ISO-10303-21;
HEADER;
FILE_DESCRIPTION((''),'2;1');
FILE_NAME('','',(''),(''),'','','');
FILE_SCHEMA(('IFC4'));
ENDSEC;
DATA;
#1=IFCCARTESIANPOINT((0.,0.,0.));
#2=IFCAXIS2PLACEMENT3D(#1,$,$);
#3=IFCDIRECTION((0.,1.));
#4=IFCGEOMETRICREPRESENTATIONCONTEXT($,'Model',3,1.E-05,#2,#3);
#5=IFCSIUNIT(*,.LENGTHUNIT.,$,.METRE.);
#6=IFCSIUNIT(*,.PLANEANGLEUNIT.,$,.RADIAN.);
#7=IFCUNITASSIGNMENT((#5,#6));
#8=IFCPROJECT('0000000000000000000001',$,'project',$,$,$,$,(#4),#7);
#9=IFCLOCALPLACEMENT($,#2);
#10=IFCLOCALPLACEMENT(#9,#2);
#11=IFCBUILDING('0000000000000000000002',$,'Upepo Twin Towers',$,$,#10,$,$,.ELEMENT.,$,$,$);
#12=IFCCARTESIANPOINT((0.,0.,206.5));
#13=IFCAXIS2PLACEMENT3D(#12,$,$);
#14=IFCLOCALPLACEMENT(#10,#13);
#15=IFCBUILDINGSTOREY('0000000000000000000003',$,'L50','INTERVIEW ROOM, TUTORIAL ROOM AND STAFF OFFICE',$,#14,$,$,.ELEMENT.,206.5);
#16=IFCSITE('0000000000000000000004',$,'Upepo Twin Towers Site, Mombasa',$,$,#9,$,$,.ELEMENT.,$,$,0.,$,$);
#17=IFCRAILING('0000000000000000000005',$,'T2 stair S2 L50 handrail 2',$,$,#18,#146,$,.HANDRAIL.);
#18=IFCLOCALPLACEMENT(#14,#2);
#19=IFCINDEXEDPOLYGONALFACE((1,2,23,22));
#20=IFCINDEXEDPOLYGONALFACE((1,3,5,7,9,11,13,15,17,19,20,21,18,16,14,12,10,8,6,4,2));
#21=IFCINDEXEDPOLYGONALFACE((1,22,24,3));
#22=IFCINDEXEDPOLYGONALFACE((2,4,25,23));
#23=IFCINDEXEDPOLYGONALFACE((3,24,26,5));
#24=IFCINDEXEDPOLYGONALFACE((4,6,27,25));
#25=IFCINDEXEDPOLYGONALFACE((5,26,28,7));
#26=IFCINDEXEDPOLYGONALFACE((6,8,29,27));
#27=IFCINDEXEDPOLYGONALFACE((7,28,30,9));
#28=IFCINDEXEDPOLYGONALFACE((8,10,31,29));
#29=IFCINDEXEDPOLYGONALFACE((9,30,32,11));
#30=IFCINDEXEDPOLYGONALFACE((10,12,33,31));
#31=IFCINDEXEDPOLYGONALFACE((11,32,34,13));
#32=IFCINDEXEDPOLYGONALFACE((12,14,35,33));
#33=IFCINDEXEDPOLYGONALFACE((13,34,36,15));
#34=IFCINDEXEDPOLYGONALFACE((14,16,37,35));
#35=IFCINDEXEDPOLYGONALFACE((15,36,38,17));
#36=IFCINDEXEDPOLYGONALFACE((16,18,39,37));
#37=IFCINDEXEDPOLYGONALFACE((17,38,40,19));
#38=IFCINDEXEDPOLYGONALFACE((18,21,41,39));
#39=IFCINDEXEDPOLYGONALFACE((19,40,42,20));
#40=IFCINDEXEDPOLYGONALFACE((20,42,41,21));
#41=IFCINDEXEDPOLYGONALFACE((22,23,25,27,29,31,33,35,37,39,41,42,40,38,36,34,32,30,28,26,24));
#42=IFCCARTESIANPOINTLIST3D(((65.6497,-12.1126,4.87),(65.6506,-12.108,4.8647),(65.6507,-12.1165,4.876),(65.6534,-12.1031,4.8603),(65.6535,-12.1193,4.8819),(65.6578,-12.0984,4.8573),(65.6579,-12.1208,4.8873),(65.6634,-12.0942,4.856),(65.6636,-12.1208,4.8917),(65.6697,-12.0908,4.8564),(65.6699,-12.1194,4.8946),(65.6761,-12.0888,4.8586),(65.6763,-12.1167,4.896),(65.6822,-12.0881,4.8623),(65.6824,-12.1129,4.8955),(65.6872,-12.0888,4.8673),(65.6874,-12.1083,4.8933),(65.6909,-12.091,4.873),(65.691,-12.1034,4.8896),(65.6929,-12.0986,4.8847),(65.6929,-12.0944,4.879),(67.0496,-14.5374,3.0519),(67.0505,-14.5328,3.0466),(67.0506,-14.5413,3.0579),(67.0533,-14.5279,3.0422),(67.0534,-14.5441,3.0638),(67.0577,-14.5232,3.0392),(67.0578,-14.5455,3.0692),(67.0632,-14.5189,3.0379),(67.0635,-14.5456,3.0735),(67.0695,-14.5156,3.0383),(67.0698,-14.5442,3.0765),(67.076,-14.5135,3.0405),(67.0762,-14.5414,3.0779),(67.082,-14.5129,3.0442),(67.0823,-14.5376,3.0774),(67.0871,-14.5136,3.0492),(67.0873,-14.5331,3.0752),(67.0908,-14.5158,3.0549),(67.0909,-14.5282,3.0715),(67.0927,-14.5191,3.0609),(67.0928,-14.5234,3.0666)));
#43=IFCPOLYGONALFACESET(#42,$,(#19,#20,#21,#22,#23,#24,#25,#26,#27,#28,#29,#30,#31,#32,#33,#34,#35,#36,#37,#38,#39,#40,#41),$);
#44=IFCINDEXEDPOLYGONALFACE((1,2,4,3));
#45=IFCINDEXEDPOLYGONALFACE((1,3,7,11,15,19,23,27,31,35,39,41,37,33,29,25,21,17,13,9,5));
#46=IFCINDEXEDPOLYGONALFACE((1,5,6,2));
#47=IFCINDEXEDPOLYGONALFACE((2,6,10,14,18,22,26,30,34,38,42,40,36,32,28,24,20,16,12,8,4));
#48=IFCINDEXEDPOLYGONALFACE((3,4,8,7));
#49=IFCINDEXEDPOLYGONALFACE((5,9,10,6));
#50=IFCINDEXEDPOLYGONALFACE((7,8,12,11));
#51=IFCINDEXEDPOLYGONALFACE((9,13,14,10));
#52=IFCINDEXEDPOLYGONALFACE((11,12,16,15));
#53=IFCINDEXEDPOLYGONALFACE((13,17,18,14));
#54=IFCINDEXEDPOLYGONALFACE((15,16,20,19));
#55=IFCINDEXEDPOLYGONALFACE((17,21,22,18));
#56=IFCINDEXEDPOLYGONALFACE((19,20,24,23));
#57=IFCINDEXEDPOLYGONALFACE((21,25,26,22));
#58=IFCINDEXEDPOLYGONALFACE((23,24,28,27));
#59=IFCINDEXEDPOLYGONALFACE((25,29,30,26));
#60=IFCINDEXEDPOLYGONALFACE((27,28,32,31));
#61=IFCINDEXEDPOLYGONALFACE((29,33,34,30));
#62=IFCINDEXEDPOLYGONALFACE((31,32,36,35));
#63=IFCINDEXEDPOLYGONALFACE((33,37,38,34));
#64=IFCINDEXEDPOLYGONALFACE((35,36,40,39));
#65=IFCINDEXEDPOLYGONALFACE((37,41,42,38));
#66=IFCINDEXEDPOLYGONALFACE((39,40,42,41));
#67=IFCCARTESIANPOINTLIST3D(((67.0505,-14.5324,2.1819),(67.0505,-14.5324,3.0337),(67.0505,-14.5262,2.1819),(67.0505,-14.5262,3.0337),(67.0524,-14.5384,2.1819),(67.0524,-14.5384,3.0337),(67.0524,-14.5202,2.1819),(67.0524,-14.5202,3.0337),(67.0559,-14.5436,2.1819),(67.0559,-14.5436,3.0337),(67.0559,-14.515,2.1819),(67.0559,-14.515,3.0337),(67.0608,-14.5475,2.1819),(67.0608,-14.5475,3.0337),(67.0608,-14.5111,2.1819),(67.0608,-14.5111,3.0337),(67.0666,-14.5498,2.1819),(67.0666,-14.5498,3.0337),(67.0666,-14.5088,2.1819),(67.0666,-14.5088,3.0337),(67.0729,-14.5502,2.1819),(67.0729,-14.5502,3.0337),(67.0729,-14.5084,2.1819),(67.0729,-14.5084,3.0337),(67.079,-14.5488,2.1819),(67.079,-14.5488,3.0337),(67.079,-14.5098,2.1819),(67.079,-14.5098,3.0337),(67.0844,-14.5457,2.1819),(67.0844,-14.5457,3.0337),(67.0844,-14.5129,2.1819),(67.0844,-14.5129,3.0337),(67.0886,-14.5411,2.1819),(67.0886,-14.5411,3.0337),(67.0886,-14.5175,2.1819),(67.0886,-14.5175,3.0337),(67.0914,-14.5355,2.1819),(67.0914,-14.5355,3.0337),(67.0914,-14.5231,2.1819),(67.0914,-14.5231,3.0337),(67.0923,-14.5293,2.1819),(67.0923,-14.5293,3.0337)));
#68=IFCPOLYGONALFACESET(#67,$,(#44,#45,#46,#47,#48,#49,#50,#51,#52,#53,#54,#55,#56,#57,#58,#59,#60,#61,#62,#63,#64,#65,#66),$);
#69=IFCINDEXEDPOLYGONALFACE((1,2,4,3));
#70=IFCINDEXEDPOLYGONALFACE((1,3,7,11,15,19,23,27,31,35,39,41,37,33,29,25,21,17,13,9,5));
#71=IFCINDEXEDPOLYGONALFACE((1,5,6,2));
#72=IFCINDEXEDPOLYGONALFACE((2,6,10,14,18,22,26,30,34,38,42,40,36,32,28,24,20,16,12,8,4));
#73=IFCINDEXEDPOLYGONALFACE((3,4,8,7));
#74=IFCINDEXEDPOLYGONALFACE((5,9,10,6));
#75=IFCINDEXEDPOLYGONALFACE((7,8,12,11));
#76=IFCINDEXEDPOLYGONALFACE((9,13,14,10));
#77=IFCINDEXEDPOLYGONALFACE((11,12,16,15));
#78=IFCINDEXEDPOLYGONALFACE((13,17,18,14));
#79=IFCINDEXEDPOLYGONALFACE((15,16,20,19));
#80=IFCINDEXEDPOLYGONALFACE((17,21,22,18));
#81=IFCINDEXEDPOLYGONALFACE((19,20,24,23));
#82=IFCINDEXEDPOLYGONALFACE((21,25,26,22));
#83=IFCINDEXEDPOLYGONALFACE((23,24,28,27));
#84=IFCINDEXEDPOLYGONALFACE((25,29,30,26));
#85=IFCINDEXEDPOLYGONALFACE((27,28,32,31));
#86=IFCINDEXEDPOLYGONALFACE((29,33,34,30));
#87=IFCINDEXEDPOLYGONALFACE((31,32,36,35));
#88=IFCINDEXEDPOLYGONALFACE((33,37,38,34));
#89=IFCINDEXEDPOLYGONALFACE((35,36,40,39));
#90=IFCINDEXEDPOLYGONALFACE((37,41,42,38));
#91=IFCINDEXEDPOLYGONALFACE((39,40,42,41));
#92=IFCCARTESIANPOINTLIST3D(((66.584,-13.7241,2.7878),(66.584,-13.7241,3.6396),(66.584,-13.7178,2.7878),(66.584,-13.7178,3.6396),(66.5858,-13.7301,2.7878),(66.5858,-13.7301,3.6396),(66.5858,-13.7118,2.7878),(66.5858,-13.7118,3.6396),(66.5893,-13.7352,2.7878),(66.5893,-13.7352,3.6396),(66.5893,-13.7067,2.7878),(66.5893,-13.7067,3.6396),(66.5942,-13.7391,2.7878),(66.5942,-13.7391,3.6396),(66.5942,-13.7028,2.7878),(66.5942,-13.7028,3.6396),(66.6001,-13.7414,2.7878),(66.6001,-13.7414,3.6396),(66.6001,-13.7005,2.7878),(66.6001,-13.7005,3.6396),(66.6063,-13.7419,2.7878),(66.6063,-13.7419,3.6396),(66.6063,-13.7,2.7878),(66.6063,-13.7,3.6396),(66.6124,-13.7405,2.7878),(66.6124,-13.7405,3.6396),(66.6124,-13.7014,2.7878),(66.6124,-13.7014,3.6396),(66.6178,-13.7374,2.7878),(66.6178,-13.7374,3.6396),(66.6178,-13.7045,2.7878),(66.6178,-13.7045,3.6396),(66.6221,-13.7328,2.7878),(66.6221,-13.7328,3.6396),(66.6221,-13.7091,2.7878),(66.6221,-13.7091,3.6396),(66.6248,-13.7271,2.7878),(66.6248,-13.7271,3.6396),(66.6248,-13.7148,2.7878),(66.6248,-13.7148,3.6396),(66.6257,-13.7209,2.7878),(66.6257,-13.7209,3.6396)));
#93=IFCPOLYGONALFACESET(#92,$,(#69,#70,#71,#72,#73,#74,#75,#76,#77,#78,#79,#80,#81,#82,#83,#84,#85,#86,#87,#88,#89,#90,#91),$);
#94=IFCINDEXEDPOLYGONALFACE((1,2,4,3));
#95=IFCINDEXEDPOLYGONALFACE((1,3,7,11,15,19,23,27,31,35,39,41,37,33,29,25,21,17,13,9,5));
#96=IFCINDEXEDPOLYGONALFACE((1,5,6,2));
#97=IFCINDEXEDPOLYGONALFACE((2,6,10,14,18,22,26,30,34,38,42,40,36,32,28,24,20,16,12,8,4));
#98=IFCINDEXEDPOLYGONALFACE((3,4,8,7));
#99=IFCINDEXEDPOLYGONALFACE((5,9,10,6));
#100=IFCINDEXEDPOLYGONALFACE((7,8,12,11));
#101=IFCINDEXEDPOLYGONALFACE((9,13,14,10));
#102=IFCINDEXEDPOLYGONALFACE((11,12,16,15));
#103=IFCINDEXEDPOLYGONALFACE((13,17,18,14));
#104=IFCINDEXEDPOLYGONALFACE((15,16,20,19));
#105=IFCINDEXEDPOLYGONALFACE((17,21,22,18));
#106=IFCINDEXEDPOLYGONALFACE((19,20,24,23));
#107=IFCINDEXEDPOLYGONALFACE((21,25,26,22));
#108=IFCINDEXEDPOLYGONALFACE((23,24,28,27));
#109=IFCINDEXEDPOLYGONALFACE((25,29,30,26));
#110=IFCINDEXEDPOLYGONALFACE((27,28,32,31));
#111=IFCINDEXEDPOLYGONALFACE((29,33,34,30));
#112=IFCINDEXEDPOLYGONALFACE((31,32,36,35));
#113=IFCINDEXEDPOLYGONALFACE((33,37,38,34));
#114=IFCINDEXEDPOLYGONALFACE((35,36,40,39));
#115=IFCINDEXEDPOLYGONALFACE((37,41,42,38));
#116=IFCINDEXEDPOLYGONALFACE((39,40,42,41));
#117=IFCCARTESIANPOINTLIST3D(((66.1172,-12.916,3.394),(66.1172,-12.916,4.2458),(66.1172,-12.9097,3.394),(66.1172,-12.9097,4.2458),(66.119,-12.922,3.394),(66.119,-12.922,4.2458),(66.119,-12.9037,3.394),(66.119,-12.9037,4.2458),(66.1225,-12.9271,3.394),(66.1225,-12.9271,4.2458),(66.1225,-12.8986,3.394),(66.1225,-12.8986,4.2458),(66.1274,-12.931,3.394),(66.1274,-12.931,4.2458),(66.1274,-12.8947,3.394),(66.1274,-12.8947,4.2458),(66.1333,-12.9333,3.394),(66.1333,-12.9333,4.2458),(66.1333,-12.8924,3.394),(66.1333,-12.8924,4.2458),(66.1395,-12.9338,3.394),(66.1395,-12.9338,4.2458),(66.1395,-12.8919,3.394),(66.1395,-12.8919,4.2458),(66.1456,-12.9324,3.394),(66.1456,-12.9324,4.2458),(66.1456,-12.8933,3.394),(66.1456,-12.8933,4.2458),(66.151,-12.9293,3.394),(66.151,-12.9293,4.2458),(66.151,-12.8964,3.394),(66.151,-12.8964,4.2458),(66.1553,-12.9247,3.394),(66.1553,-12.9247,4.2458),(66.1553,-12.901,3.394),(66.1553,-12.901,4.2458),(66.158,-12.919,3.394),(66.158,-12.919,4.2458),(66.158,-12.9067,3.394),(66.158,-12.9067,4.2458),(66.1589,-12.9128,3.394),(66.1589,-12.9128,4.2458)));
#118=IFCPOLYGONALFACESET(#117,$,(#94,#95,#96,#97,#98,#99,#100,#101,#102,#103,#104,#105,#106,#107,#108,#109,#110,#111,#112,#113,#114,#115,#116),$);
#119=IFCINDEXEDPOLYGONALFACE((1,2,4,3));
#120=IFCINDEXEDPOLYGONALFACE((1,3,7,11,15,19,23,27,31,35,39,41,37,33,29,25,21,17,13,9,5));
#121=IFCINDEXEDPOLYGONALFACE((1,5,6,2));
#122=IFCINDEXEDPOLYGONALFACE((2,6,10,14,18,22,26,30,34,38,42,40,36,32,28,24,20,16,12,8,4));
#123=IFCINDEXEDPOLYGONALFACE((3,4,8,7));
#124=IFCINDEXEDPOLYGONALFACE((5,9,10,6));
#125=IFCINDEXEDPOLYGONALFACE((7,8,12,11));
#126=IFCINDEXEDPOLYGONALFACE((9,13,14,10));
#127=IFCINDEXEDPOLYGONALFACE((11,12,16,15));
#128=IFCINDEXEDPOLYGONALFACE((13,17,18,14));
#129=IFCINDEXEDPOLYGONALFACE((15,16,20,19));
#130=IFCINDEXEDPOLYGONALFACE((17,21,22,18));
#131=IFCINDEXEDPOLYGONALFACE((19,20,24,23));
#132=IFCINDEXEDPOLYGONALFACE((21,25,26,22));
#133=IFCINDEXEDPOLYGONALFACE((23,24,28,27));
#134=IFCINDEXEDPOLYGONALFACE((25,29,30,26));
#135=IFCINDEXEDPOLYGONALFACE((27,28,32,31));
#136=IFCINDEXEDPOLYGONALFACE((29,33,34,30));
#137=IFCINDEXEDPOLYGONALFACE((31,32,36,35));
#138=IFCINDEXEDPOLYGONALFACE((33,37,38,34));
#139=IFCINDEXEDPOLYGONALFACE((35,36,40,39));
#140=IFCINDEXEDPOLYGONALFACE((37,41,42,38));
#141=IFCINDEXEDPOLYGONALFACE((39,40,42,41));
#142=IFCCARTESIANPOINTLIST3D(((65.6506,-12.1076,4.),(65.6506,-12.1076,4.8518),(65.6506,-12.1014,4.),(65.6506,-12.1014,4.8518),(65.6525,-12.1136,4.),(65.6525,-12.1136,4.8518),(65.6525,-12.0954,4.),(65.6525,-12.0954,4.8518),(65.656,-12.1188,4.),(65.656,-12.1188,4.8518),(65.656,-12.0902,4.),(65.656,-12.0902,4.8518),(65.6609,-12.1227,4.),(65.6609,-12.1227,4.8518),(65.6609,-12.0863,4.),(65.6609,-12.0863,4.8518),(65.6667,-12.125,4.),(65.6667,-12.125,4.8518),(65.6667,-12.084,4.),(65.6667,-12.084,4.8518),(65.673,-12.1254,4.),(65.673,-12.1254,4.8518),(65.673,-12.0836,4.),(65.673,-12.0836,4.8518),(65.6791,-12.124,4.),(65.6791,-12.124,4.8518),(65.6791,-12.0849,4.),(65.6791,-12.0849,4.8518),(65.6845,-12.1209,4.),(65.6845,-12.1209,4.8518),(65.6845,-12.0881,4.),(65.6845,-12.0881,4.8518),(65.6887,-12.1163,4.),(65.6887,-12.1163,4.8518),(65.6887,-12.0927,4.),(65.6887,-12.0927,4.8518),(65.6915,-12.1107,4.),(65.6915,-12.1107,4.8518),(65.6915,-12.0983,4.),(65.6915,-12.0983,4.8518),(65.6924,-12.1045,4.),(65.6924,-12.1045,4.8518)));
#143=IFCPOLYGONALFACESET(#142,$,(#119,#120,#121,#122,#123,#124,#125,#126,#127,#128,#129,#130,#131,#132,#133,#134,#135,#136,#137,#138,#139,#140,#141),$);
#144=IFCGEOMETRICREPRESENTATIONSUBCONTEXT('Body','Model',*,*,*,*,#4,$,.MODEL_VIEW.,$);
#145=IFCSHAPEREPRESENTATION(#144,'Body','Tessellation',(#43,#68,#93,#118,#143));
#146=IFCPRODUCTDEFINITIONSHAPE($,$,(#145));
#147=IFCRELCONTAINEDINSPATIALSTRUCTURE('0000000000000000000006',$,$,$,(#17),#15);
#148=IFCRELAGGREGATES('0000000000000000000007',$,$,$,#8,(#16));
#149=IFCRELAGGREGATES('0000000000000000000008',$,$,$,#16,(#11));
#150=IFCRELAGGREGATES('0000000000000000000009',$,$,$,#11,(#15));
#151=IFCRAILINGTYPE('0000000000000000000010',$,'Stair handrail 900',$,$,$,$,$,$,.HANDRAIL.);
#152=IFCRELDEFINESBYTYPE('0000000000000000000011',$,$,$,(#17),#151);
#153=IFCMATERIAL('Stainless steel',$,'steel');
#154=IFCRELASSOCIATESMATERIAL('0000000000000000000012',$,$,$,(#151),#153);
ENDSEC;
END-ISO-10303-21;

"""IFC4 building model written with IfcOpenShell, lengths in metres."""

from ifc_helpers import new_model, si_unit, direction, frame, origin, origin_2d, place, context, subcontext, project, spatial, circle, extrude, material, type_object, element, save


model = new_model("IFC4")

# Units and contexts
model_context = context("Model", 3, precision=1e-05, world=origin(), true_north=direction((0.0, 1.0)))
body_context = subcontext(model_context, "Body", "Model", "MODEL_VIEW")
ifc_project = project(units=[si_unit("LENGTHUNIT", "METRE"), si_unit("PLANEANGLEUNIT", "RADIAN")], contexts=[model_context])

# Site, building, storey
site_placement = place(None, origin())
site = spatial("IfcSite", under=ifc_project, at=site_placement, Name="Upepo Twin Towers Site, Mombasa", CompositionType="ELEMENT", RefElevation=0.0)
building_placement = place(site_placement, origin())
building = spatial("IfcBuilding", under=site, at=building_placement, Name="Upepo Twin Towers", CompositionType="ELEMENT")
storey_placement = place(building_placement, frame((0.0, 0.0, 206.5)))
storey = spatial("IfcBuildingStorey", under=building, at=storey_placement, Name="L50", Description="INTERVIEW ROOM, TUTORIAL ROOM AND STAFF OFFICE", CompositionType="ELEMENT", Elevation=206.5)

# Railing
ifc_material_1 = material(Name="Stainless steel", Category="steel")
railing_type = type_object("IfcRailingType", Name="Stair handrail 900", PredefinedType="HANDRAIL", material=ifc_material_1)
railing_1_placement = place(storey_placement, frame((67.0713, -14.5293, 2.1819)))
element("IfcRailing", 1, at=railing_1_placement, inside=storey, type_object=railing_type, Name="T2 stair S2 L50 handrail 2", PredefinedType="HANDRAIL", context=body_context, shape_type="SweptSolid", body=[
    extrude(circle(Radius=0.0239, at=origin_2d()), frame((0.0, 0.0, 0.876), z_axis=(-0.419333, 0.726336, 0.544606), x_axis=(-0.866035, -0.499984, 0.0)), (0.0, 0.0, 1.0), 3.3384),
    extrude(circle(Radius=0.021, at=origin_2d()), origin(), (0.0, 0.0, 1.0), 0.8518),
    extrude(circle(Radius=0.021, at=origin_2d()), frame((-0.4666, 0.8083, 0.606)), (0.0, 0.0, 1.0), 0.8518),
    extrude(circle(Radius=0.021, at=origin_2d()), frame((-0.9333, 1.6165, 1.2122)), (0.0, 0.0, 1.0), 0.8518),
    extrude(circle(Radius=0.021, at=origin_2d()), frame((-1.3999, 2.4248, 1.8181)), (0.0, 0.0, 1.0), 0.8518),
])

save(model, "model.ifc")
